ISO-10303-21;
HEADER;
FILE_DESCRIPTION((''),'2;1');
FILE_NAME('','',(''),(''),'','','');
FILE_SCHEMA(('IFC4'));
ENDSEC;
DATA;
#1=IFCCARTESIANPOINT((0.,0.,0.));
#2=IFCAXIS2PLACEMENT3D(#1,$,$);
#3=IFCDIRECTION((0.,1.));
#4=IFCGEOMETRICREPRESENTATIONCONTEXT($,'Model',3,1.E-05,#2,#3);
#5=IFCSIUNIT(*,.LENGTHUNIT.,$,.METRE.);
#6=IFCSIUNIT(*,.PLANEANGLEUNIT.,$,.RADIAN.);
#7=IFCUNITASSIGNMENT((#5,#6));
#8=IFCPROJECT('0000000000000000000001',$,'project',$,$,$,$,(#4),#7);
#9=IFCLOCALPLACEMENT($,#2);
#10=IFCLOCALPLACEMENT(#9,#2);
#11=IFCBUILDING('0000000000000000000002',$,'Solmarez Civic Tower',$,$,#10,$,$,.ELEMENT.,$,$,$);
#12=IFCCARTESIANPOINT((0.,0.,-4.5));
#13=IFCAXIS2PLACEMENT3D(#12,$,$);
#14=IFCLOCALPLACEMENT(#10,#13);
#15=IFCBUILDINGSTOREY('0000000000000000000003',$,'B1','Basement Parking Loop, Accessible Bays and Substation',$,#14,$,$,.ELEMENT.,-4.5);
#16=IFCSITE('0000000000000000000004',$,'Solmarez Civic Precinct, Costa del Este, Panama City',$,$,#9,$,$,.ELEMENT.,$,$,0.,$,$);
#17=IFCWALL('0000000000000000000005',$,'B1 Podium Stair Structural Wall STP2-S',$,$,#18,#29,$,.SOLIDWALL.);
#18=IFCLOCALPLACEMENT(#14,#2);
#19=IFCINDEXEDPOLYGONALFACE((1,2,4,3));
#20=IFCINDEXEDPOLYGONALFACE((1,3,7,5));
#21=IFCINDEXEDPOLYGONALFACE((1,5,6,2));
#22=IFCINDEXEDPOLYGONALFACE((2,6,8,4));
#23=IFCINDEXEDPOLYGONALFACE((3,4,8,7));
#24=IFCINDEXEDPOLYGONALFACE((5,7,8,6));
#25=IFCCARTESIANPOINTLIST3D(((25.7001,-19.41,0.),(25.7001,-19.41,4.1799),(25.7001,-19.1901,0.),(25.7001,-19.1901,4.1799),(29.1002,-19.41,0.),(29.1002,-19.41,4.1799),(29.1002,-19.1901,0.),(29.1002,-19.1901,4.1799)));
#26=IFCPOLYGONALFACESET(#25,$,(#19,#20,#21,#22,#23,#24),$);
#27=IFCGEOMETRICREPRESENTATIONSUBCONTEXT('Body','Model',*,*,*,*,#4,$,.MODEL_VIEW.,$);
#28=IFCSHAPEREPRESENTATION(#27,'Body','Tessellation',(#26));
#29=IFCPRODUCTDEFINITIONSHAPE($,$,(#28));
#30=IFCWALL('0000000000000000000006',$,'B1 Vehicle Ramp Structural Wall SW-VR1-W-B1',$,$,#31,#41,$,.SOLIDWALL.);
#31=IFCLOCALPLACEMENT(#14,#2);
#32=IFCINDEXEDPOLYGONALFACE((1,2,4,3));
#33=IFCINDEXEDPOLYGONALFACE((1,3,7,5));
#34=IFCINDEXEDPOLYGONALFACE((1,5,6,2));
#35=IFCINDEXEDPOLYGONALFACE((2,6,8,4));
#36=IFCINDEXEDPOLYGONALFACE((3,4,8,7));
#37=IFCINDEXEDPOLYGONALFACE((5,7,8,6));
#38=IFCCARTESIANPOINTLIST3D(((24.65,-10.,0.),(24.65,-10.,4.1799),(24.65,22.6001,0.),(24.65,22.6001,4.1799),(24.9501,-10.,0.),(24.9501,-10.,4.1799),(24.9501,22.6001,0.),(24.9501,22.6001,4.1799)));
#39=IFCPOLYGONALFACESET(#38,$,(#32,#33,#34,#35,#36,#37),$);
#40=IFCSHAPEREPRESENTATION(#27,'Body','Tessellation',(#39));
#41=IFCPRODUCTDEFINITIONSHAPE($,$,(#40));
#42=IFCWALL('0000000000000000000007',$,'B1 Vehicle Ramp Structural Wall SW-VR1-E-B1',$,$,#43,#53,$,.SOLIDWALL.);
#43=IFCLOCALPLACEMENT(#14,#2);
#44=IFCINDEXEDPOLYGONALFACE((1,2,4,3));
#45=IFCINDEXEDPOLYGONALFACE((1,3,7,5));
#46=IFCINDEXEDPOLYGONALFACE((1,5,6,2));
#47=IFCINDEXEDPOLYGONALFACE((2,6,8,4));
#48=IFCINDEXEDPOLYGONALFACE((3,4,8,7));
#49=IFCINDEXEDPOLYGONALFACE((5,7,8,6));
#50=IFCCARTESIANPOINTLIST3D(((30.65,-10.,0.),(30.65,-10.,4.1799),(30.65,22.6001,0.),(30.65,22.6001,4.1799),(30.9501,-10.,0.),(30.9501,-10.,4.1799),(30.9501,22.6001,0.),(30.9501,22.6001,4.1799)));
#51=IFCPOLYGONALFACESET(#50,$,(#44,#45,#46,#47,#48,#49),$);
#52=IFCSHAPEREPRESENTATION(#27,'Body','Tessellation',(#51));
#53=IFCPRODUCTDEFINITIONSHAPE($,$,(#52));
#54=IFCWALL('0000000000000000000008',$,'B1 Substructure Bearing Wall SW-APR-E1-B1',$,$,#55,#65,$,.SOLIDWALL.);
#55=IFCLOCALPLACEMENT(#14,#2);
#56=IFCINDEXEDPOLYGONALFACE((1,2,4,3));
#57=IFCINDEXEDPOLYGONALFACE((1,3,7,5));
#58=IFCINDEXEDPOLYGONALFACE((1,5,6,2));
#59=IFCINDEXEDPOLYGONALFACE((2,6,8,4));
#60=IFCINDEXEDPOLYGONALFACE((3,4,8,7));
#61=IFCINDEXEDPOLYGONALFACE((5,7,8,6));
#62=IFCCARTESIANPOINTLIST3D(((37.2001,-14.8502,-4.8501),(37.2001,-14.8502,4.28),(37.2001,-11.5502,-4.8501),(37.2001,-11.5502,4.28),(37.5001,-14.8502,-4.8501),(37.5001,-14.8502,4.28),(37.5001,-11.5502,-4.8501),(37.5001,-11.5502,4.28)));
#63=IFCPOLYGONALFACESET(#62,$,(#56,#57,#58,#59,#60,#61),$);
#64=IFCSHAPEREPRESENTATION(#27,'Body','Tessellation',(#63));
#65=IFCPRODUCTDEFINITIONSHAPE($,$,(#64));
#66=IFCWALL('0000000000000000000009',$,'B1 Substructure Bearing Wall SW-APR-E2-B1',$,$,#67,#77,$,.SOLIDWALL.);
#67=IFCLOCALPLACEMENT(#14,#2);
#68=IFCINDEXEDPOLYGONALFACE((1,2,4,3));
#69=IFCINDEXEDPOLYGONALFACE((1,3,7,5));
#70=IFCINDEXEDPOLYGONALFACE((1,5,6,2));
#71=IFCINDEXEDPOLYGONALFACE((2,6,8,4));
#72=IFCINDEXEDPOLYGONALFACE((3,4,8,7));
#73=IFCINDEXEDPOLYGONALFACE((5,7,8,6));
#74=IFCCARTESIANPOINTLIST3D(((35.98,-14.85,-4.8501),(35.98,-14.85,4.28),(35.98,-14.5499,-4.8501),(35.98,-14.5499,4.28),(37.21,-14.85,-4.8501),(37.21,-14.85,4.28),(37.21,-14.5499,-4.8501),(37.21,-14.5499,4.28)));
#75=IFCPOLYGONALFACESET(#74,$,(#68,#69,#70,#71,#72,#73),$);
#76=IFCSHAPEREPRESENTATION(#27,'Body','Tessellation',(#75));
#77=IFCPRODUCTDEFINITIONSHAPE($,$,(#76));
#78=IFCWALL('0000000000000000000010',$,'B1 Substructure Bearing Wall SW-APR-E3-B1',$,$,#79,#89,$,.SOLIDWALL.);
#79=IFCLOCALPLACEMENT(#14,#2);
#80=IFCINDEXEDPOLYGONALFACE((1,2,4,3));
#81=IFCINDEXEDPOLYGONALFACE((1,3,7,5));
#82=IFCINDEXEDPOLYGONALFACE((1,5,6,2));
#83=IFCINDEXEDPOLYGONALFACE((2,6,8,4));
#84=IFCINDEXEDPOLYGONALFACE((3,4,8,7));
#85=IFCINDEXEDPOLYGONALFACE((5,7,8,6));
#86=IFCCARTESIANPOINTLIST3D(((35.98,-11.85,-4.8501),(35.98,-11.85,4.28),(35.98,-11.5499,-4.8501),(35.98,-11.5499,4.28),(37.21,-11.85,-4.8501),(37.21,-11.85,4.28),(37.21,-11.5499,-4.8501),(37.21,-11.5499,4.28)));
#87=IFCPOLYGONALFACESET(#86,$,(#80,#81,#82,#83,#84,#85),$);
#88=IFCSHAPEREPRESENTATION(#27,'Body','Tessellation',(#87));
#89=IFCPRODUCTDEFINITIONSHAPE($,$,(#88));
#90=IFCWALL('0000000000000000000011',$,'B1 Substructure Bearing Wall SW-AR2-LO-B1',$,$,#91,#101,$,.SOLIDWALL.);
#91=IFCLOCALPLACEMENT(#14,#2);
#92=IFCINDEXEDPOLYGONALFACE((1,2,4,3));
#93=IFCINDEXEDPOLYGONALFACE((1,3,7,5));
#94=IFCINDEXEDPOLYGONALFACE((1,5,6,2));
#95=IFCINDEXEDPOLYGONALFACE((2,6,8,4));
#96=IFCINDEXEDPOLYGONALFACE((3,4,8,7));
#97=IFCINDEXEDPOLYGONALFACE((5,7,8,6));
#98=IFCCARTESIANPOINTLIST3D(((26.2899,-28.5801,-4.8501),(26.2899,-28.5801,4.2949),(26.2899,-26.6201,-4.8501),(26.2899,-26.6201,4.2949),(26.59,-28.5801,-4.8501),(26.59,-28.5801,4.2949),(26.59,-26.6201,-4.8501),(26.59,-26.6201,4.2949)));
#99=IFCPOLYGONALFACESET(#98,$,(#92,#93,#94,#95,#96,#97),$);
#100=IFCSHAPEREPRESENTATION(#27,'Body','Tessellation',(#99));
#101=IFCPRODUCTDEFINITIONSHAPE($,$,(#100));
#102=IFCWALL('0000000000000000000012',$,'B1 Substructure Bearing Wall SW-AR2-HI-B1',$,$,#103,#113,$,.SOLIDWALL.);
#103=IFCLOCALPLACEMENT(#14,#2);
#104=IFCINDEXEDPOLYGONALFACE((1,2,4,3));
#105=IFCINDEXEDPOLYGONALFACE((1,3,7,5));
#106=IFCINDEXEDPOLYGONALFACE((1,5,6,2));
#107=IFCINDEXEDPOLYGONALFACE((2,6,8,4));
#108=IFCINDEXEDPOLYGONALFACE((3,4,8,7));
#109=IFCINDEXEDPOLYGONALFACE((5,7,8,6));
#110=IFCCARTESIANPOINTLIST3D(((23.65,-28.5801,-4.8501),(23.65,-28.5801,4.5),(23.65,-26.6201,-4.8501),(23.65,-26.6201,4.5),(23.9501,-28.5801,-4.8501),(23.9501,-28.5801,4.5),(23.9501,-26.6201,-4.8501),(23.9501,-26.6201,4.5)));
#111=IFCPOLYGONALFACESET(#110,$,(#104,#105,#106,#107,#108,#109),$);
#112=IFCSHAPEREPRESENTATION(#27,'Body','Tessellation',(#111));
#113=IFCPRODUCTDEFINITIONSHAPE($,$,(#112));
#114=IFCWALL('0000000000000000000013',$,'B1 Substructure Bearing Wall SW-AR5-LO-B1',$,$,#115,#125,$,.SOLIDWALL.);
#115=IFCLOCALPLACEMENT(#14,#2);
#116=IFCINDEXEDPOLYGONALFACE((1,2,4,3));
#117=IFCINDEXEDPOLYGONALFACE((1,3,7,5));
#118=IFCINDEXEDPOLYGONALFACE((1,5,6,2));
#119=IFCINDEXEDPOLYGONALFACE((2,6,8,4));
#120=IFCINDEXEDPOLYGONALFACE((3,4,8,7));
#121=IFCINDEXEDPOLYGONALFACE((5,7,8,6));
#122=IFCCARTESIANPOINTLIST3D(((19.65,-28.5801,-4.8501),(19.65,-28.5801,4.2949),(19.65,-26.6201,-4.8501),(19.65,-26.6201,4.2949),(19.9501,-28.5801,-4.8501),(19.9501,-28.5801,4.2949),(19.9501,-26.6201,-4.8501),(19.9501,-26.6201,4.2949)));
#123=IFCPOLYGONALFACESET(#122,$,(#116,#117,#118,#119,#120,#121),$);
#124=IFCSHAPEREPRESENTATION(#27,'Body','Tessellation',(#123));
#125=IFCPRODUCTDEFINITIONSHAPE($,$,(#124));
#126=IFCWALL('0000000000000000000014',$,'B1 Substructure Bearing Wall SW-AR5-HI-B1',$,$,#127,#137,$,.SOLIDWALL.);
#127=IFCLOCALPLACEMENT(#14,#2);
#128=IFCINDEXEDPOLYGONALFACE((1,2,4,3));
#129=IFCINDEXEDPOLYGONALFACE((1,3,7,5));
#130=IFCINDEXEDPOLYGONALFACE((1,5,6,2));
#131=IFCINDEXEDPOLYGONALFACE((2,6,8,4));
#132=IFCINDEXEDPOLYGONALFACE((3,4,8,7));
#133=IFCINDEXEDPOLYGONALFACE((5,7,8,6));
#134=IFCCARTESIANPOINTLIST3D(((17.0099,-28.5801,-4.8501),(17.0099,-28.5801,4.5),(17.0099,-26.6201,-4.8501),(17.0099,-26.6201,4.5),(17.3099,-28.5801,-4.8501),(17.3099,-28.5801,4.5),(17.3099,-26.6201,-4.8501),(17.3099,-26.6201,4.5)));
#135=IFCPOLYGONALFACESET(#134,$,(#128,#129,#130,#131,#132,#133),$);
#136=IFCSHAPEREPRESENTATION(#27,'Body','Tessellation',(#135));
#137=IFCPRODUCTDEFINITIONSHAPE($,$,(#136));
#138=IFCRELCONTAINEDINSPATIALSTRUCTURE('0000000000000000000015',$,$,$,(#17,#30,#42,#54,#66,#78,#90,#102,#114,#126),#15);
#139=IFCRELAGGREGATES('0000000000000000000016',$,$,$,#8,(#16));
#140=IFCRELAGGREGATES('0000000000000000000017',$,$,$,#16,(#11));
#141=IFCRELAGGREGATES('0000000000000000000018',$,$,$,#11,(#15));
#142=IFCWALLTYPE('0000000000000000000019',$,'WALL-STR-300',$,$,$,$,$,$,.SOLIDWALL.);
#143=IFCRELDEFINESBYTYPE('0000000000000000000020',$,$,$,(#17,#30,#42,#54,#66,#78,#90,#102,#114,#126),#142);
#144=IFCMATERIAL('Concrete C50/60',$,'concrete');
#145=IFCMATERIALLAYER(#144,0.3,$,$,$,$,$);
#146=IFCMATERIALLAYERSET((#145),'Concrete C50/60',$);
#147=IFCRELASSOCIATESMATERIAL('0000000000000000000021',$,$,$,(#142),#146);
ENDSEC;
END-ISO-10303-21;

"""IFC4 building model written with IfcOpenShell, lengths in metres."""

from ifc_helpers import new_model, si_unit, direction, frame, frame_2d, origin, place, context, subcontext, project, spatial, rectangle, extrude, material, layer, layer_set, type_object, element, save


model = new_model("IFC4")

# Units and contexts
model_context = context("Model", 3, precision=1e-05, world=origin(), true_north=direction((0.0, 1.0)))
body_context = subcontext(model_context, "Body", "Model", "MODEL_VIEW")
ifc_project = project(units=[si_unit("LENGTHUNIT", "METRE"), si_unit("PLANEANGLEUNIT", "RADIAN")], contexts=[model_context])

# Site, building, storey
site_placement = place(None, origin())
site = spatial("IfcSite", under=ifc_project, at=site_placement, Name="Solmarez Civic Precinct, Costa del Este, Panama City", CompositionType="ELEMENT", RefElevation=0.0)
building_placement = place(site_placement, origin())
building = spatial("IfcBuilding", under=site, at=building_placement, Name="Solmarez Civic Tower", CompositionType="ELEMENT")
storey_placement = place(building_placement, frame((0.0, 0.0, -4.5)))
storey = spatial("IfcBuildingStorey", under=building, at=storey_placement, Name="B1", Description="Basement Parking Loop, Accessible Bays and Substation", CompositionType="ELEMENT", Elevation=-4.5)

# Shared definitions
ifc_material_1 = material(Name="Concrete C50/60", Category="concrete")

# Walls
ifc_layer_1 = layer(ifc_material_1, 0.3)
ifc_layer_set_1 = layer_set([ifc_layer_1], Name="Concrete C50/60")
wall_type_1 = type_object("IfcWallType", Name="WALL-STR-300", PredefinedType="SOLIDWALL", material=ifc_layer_set_1)
wall_1_placement = place(storey_placement, frame((25.7, -19.3, 0.0), z_axis=(0.0, 0.0, 1.0), x_axis=(1.0, 0.0, 0.0)))
element("IfcWall", 1, at=wall_1_placement, inside=storey, type_object=wall_type_1, Name="B1 Podium Stair Structural Wall STP2-S", PredefinedType="SOLIDWALL", context=body_context, shape_type="SweptSolid", body=[
    extrude(rectangle(XDim=3.4001, YDim=0.22, at=frame_2d((1.7002, 0.0))), origin(), (0.0, 0.0, 1.0), 4.1799),
])
for number, where, z_axis, x_axis, name in (
    (2, (24.8, -10.0, 0.0), (0.0, 0.0, 1.0), (0.0, 1.0, 0.0), "B1 Vehicle Ramp Structural Wall SW-VR1-W-B1"),
    (3, (30.8, -10.0, 0.0), (0.0, 0.0, 1.0), (0.0, 1.0, 0.0), "B1 Vehicle Ramp Structural Wall SW-VR1-E-B1"),
):
    element("IfcWall", number, at=place(storey_placement, frame(where, z_axis=z_axis, x_axis=x_axis)), inside=storey, type_object=wall_type_1, Name=name, PredefinedType="SOLIDWALL", context=body_context, shape_type="SweptSolid", body=[
        extrude(rectangle(XDim=32.6001, YDim=0.3, at=frame_2d((16.3, 0.0))), origin(), (0.0, 0.0, 1.0), 4.1799),
    ])
wall_2_placement = place(storey_placement, frame((37.3501, -14.8501, -4.8501), z_axis=(0.0, 0.0, 1.0), x_axis=(0.0, 1.0, 0.0)))
element("IfcWall", 4, at=wall_2_placement, inside=storey, type_object=wall_type_1, Name="B1 Substructure Bearing Wall SW-APR-E1-B1", PredefinedType="SOLIDWALL", context=body_context, shape_type="SweptSolid", body=[
    extrude(rectangle(XDim=3.3, YDim=0.3, at=frame_2d((1.6499, 0.0))), origin(), (0.0, 0.0, 1.0), 9.1301),
])
for number, where, z_axis, x_axis, name in (
    (5, (35.98, -14.7, -4.8501), (0.0, 0.0, 1.0), (1.0, 0.0, 0.0), "B1 Substructure Bearing Wall SW-APR-E2-B1"),
    (6, (35.98, -11.7, -4.8501), (0.0, 0.0, 1.0), (1.0, 0.0, 0.0), "B1 Substructure Bearing Wall SW-APR-E3-B1"),
):
    element("IfcWall", number, at=place(storey_placement, frame(where, z_axis=z_axis, x_axis=x_axis)), inside=storey, type_object=wall_type_1, Name=name, PredefinedType="SOLIDWALL", context=body_context, shape_type="SweptSolid", body=[
        extrude(rectangle(XDim=1.23, YDim=0.3, at=frame_2d((0.615, 0.0))), origin(), (0.0, 0.0, 1.0), 9.1301),
    ])
wall_3_placement = place(storey_placement, frame((26.4399, -28.5801, -4.8501), z_axis=(0.0, 0.0, 1.0), x_axis=(0.0, 1.0, 0.0)))
element("IfcWall", 7, at=wall_3_placement, inside=storey, type_object=wall_type_1, Name="B1 Substructure Bearing Wall SW-AR2-LO-B1", PredefinedType="SOLIDWALL", context=body_context, shape_type="SweptSolid", body=[
    extrude(rectangle(XDim=1.96, YDim=0.3, at=frame_2d((0.98, 0.0))), origin(), (0.0, 0.0, 1.0), 9.145),
])
wall_4_placement = place(storey_placement, frame((23.8, -28.5801, -4.8501), z_axis=(0.0, 0.0, 1.0), x_axis=(0.0, 1.0, 0.0)))
element("IfcWall", 8, at=wall_4_placement, inside=storey, type_object=wall_type_1, Name="B1 Substructure Bearing Wall SW-AR2-HI-B1", PredefinedType="SOLIDWALL", context=body_context, shape_type="SweptSolid", body=[
    extrude(rectangle(XDim=1.96, YDim=0.3, at=frame_2d((0.98, 0.0))), origin(), (0.0, 0.0, 1.0), 9.3501),
])
wall_5_placement = place(storey_placement, frame((19.8, -28.5801, -4.8501), z_axis=(0.0, 0.0, 1.0), x_axis=(0.0, 1.0, 0.0)))
element("IfcWall", 9, at=wall_5_placement, inside=storey, type_object=wall_type_1, Name="B1 Substructure Bearing Wall SW-AR5-LO-B1", PredefinedType="SOLIDWALL", context=body_context, shape_type="SweptSolid", body=[
    extrude(rectangle(XDim=1.96, YDim=0.3, at=frame_2d((0.98, 0.0))), origin(), (0.0, 0.0, 1.0), 9.145),
])
wall_6_placement = place(storey_placement, frame((17.1599, -28.5801, -4.8501), z_axis=(0.0, 0.0, 1.0), x_axis=(0.0, 1.0, 0.0)))
element("IfcWall", 10, at=wall_6_placement, inside=storey, type_object=wall_type_1, Name="B1 Substructure Bearing Wall SW-AR5-HI-B1", PredefinedType="SOLIDWALL", context=body_context, shape_type="SweptSolid", body=[
    extrude(rectangle(XDim=1.96, YDim=0.3, at=frame_2d((0.98, 0.0))), origin(), (0.0, 0.0, 1.0), 9.3501),
])

save(model, "model.ifc")
